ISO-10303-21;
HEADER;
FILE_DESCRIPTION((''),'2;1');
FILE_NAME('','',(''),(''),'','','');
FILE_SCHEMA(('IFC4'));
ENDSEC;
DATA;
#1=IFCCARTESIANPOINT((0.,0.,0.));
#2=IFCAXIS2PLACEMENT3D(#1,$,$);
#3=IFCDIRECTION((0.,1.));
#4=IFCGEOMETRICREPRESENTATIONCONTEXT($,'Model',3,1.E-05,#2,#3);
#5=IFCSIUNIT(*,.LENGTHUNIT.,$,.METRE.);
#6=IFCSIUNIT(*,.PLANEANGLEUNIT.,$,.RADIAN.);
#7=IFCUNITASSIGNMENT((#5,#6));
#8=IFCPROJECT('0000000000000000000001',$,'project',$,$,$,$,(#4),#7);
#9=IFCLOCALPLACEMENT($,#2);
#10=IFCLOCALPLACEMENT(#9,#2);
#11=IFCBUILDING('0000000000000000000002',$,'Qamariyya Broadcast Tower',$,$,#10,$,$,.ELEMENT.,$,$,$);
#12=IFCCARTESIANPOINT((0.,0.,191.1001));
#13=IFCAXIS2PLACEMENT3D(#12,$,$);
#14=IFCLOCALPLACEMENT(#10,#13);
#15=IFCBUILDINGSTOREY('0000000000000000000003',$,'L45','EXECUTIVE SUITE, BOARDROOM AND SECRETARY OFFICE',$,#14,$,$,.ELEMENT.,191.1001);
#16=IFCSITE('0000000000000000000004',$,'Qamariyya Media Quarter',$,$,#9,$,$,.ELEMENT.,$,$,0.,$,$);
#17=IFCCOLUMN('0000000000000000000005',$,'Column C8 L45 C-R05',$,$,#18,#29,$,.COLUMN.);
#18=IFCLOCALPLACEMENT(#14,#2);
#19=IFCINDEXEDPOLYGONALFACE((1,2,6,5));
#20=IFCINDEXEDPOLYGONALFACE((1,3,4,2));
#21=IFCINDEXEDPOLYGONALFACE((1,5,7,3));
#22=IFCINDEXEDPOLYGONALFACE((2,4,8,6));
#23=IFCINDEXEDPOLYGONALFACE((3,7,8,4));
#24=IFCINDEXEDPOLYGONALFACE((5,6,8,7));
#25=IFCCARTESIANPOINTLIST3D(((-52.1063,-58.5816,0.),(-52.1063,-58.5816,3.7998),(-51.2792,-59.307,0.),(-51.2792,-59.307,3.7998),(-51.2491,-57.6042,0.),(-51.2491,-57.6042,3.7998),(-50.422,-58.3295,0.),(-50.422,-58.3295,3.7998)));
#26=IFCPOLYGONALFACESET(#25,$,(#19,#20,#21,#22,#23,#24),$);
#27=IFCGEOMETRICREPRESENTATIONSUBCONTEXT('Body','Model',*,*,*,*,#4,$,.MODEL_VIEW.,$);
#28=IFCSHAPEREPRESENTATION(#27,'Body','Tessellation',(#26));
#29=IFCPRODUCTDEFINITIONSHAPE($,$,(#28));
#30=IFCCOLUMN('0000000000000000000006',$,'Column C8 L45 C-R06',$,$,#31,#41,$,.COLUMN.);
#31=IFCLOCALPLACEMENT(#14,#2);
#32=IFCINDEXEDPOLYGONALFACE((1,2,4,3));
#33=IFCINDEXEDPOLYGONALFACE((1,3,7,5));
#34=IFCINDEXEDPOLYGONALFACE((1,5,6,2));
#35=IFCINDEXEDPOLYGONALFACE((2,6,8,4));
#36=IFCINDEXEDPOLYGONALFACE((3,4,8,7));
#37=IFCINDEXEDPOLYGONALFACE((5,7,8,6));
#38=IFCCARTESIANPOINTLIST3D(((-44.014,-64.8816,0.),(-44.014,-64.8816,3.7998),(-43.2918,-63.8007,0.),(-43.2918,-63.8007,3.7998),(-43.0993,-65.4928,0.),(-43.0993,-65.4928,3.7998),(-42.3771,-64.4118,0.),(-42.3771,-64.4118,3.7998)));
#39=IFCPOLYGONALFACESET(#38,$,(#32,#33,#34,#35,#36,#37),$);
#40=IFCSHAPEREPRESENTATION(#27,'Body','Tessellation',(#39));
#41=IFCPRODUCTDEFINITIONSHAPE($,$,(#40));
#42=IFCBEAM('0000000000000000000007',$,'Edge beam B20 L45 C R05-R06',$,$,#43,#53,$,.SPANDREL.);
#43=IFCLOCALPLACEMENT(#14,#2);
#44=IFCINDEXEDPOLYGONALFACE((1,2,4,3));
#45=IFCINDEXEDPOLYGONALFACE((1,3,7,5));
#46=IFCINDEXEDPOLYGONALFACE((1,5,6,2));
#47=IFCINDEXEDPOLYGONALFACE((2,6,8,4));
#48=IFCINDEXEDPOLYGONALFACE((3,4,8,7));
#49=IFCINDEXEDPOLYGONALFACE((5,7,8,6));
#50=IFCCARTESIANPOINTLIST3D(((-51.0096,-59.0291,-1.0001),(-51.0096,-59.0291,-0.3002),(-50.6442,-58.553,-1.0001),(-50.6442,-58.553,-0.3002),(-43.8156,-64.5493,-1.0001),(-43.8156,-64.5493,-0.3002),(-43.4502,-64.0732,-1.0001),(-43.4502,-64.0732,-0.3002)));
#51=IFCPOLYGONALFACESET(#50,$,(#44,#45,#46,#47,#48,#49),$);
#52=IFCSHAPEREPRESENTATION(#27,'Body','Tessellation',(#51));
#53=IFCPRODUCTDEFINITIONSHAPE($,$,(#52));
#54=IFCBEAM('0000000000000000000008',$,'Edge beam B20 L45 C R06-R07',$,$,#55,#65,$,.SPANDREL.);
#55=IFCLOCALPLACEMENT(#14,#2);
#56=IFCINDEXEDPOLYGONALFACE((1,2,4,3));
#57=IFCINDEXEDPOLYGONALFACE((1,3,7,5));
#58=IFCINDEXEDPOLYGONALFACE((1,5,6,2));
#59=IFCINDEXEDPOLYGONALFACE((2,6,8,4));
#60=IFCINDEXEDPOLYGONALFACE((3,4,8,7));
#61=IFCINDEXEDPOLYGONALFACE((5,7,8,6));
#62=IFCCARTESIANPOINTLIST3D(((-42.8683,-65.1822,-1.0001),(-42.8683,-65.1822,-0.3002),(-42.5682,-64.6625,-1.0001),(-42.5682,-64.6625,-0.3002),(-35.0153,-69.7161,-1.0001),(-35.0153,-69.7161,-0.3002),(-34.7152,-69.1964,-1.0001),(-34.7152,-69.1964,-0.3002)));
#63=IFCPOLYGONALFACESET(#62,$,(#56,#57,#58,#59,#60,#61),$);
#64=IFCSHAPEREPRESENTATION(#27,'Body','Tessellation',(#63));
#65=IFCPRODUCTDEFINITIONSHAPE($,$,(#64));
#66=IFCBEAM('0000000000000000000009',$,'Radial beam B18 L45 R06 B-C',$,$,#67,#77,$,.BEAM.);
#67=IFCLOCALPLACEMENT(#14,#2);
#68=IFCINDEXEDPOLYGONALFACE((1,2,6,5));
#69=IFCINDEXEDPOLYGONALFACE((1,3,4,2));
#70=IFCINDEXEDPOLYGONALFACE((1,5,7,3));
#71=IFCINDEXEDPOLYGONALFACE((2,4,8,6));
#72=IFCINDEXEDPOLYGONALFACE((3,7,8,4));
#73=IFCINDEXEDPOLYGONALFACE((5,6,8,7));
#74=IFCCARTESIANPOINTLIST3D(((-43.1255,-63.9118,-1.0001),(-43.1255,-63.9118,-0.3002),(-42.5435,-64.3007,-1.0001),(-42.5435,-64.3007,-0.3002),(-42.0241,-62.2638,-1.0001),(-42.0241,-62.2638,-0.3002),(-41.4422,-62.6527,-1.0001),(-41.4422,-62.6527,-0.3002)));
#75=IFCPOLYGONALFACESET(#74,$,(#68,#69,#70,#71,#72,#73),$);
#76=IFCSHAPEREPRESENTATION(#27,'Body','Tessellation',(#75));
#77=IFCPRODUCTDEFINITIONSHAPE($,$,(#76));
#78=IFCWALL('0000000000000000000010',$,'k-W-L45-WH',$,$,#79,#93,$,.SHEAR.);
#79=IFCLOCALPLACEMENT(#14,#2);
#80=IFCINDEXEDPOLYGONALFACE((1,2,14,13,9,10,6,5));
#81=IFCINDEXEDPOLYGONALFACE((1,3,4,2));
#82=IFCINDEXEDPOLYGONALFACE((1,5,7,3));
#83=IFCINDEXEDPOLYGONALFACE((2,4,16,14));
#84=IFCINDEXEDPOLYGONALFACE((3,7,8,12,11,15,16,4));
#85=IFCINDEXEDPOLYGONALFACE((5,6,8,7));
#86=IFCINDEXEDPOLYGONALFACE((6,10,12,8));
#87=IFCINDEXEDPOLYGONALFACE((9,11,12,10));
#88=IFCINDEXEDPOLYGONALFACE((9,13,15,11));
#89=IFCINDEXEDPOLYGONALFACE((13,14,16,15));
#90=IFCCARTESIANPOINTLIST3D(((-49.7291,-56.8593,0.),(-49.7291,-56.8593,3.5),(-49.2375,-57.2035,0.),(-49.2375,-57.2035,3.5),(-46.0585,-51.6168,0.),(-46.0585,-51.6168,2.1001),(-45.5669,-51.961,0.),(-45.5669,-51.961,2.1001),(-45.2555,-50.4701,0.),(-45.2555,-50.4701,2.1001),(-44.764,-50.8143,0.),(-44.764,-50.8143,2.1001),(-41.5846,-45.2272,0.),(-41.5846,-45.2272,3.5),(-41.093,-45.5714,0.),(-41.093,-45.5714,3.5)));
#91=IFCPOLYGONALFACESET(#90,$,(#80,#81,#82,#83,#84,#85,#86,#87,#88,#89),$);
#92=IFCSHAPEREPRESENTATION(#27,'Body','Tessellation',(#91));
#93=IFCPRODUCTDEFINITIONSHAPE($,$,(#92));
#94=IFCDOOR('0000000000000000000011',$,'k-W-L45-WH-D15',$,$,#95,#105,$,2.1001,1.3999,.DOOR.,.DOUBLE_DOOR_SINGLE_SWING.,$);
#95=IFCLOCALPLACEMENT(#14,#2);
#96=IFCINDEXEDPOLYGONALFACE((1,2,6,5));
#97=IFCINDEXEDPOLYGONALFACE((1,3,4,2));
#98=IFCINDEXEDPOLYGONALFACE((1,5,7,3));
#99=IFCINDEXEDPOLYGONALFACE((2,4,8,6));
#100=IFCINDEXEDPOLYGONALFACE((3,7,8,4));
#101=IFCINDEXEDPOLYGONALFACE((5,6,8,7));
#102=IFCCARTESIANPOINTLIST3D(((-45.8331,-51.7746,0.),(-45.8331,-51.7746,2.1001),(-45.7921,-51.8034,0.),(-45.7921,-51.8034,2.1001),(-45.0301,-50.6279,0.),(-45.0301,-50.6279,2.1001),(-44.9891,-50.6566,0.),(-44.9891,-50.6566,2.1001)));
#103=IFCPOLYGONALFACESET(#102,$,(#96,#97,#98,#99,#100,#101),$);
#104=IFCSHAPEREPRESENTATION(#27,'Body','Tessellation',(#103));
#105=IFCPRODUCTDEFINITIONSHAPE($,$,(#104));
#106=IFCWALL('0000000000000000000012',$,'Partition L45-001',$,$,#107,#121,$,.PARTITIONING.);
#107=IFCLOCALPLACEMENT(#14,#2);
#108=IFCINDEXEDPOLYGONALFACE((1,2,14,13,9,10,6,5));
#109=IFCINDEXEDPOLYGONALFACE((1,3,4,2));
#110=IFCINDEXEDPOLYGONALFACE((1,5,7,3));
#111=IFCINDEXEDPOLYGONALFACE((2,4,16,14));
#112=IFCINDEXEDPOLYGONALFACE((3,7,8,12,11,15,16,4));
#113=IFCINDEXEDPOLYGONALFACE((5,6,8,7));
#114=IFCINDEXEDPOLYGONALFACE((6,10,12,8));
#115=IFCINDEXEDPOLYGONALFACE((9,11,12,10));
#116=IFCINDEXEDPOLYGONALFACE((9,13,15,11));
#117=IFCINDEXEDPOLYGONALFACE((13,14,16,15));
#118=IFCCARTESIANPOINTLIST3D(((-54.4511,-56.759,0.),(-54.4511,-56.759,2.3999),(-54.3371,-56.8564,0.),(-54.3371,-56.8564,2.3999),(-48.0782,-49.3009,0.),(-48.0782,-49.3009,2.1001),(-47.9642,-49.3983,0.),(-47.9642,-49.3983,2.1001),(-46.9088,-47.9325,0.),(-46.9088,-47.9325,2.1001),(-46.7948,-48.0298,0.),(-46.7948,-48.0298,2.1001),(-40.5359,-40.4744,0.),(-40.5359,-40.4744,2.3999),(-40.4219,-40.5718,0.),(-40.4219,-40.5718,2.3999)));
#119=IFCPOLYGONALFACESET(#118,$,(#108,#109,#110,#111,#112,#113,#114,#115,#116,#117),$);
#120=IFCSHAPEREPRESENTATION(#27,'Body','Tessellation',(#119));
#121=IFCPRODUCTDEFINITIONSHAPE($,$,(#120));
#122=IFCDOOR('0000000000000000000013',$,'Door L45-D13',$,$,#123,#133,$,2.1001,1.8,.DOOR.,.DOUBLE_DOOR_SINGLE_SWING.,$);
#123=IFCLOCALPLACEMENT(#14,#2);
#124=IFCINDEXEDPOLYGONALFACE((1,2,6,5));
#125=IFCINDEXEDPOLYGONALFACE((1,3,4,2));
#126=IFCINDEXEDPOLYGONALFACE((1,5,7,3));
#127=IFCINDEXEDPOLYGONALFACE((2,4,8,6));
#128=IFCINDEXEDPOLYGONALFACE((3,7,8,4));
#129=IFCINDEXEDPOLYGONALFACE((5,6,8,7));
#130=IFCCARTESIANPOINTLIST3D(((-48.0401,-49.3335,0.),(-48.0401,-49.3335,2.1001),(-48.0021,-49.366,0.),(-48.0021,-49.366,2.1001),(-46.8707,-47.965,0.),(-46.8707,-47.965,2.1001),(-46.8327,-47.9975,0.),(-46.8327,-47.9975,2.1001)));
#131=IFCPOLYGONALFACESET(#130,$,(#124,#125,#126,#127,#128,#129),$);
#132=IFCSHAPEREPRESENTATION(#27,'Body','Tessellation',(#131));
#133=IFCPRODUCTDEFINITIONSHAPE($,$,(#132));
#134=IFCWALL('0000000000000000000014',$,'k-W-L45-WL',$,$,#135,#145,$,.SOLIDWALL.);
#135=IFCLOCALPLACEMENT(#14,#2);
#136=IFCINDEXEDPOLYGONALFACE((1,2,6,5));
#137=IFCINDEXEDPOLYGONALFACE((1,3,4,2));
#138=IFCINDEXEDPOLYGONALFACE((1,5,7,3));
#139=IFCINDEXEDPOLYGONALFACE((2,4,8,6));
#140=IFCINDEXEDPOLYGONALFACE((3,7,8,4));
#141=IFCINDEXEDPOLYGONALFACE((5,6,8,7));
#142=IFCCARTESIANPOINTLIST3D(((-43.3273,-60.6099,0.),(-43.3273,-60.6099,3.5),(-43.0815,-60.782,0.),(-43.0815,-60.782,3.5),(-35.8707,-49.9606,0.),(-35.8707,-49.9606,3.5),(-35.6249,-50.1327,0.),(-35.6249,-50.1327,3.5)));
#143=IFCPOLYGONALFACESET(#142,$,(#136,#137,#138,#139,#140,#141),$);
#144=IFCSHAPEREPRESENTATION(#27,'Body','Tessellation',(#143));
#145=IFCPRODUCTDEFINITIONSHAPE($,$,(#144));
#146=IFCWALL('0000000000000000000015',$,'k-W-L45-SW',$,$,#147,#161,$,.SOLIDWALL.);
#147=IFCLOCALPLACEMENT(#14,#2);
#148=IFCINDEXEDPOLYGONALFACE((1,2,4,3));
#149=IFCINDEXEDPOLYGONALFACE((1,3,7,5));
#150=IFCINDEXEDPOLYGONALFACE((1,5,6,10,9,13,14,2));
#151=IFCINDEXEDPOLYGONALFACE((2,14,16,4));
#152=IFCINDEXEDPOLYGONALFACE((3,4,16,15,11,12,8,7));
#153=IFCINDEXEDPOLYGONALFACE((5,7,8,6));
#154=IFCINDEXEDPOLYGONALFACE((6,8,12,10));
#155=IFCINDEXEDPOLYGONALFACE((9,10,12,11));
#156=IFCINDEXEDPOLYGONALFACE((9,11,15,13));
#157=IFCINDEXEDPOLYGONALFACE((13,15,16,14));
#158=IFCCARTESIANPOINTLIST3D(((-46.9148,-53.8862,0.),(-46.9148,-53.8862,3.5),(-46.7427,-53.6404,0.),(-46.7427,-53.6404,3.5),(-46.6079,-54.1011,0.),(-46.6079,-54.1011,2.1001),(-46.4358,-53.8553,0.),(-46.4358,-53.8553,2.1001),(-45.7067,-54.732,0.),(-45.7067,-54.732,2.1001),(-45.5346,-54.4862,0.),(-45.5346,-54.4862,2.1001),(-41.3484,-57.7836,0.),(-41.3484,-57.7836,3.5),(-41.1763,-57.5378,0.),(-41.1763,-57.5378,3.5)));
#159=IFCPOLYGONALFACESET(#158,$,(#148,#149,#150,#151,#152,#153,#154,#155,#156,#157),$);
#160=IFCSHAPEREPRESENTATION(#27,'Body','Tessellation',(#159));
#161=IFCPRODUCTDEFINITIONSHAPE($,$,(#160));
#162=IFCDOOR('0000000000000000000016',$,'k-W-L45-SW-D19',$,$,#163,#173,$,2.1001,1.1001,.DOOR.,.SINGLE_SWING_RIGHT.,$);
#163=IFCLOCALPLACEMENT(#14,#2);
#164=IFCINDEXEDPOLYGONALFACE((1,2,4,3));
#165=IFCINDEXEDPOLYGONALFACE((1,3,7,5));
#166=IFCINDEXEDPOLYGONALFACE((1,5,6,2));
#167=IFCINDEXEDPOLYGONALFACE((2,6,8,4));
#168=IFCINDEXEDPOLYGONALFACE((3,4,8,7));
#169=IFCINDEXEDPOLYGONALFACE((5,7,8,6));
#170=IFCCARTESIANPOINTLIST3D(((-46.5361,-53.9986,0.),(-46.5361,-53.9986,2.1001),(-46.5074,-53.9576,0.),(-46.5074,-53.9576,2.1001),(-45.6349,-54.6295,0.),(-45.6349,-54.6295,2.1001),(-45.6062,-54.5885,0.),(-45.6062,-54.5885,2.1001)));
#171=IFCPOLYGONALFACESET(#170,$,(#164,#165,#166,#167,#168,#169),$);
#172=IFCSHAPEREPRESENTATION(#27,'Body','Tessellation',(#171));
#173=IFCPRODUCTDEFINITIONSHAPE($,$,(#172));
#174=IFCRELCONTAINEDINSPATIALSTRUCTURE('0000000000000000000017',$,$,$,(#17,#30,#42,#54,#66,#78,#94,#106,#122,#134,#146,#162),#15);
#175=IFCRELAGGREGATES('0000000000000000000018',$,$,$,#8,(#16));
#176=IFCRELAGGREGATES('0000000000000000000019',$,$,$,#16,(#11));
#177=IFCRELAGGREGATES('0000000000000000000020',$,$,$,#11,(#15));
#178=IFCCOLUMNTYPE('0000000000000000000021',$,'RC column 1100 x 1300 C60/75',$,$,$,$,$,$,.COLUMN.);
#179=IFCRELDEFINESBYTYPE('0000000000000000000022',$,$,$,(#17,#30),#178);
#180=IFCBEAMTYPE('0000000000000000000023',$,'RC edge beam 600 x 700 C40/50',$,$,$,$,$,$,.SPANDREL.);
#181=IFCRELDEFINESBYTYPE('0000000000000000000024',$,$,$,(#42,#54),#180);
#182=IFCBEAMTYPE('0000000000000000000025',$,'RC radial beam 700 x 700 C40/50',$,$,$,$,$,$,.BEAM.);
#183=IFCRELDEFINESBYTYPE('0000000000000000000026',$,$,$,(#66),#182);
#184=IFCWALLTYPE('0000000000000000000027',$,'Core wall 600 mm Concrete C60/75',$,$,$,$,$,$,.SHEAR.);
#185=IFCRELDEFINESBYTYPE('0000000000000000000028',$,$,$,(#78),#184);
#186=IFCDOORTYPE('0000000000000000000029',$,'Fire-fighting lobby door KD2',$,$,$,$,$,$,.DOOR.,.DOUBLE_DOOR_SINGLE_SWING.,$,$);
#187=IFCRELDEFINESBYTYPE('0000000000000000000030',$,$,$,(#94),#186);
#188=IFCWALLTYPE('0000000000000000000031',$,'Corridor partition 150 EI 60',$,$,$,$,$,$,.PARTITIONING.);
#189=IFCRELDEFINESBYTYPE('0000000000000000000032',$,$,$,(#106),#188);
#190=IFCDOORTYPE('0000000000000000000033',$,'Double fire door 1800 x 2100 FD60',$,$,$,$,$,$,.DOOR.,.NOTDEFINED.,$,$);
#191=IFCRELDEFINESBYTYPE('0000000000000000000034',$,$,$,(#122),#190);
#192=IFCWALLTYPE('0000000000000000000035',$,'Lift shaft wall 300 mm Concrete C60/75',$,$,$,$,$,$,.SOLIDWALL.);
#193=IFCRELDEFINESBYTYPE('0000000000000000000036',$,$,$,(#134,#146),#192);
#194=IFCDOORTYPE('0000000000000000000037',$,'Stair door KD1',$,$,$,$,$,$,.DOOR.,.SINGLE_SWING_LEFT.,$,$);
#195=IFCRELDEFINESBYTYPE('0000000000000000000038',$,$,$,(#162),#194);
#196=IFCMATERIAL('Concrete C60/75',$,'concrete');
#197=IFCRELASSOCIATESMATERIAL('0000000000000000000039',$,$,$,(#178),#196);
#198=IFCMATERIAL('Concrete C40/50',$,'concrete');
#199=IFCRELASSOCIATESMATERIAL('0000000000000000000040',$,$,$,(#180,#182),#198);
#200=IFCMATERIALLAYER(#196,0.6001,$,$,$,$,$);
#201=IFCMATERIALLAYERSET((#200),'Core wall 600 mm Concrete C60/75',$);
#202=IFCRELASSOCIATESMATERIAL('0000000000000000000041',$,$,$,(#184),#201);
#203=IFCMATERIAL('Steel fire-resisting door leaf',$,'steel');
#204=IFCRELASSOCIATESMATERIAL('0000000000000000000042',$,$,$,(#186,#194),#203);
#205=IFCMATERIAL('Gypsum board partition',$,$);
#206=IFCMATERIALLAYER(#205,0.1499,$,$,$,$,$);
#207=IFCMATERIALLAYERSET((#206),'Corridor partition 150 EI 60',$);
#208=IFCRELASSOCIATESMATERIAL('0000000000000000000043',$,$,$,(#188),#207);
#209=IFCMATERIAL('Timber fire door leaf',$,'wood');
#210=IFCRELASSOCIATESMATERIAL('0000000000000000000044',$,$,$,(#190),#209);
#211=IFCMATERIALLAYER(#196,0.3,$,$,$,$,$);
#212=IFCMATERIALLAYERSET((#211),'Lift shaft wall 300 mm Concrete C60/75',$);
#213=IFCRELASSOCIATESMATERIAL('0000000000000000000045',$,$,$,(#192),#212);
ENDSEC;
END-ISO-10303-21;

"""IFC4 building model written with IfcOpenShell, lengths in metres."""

from ifc_helpers import new_model, si_unit, direction, frame, frame_2d, origin, origin_2d, place, context, subcontext, project, spatial, rectangle, extrude, material, layer, layer_set, material_profile, profile_set, type_object, element, fill, save


model = new_model("IFC4")

# Units and contexts
model_context = context("Model", 3, precision=1e-05, world=origin(), true_north=direction((0.0, 1.0)))
body_context = subcontext(model_context, "Body", "Model", "MODEL_VIEW")
ifc_project = project(units=[si_unit("LENGTHUNIT", "METRE"), si_unit("PLANEANGLEUNIT", "RADIAN")], contexts=[model_context])

# Site, building, storey
site_placement = place(None, origin())
site = spatial("IfcSite", under=ifc_project, at=site_placement, Name="Qamariyya Media Quarter", CompositionType="ELEMENT", RefElevation=0.0)
building_placement = place(site_placement, origin())
building = spatial("IfcBuilding", under=site, at=building_placement, Name="Qamariyya Broadcast Tower", CompositionType="ELEMENT")
storey_placement = place(building_placement, frame((0.0, 0.0, 191.1001)))
storey = spatial("IfcBuildingStorey", under=building, at=storey_placement, Name="L45", Description="EXECUTIVE SUITE, BOARDROOM AND SECRETARY OFFICE", CompositionType="ELEMENT", Elevation=191.1001)

# Columns
ifc_material_1 = material(Name="Concrete C60/75", Category="concrete")
ifc_material_profile_1 = material_profile(ifc_material_1, rectangle(XDim=1.1001, YDim=1.3, at=origin_2d()))
ifc_profile_set_1 = profile_set([ifc_material_profile_1], Name="Concrete C60/75")
column_type = type_object("IfcColumnType", Name="RC column 1100 x 1300 C60/75", PredefinedType="COLUMN", material=ifc_profile_set_1)
for number, where, z_axis, x_axis, name in (
    (1, (-51.2642, -58.4556, 0.0), (0.0, 0.0, 1.0), (0.75184, -0.659346, 0.0), "Column C8 L45 C-R05"),
    (2, (-43.1956, -64.6467, 0.0), (0.0, 0.0, 1.0), (0.83147, -0.55557, 0.0), "Column C8 L45 C-R06"),
):
    element("IfcColumn", number, at=place(storey_placement, frame(where, z_axis=z_axis, x_axis=x_axis)), inside=storey, type_object=column_type, Name=name, PredefinedType="COLUMN", context=body_context, shape_type="SweptSolid", body=[
        extrude(rectangle(XDim=1.1001, YDim=1.3, at=origin_2d()), origin(), (0.0, 0.0, 1.0), 3.7998),
    ])

# Beams
ifc_material_2 = material(Name="Concrete C40/50", Category="concrete")
ifc_material_profile_2 = material_profile(ifc_material_2, rectangle(XDim=0.6001, YDim=0.7, at=origin_2d()))
ifc_profile_set_2 = profile_set([ifc_material_profile_2], Name="Concrete C40/50")
beam_type_1 = type_object("IfcBeamType", Name="RC edge beam 600 x 700 C40/50", PredefinedType="SPANDREL", material=ifc_profile_set_2)
for number, where, z_axis, x_axis, name in (
    (3, (-50.8269, -58.791, -0.6501), (0.793351, -0.608764, 0.0), (0.608764, 0.793351, 0.0), "Edge beam B20 L45 C R05-R06"),
    (4, (-42.7183, -64.9224, -0.6501), (0.866026, -0.499999, 0.0), (0.499999, 0.866026, 0.0), "Edge beam B20 L45 C R06-R07"),
):
    element("IfcBeam", number, at=place(storey_placement, frame(where, z_axis=z_axis, x_axis=x_axis)), inside=storey, type_object=beam_type_1, Name=name, PredefinedType="SPANDREL", context=body_context, shape_type="SweptSolid", body=[
        extrude(rectangle(XDim=0.6001, YDim=0.7, at=origin_2d()), origin(), (0.0, 0.0, 1.0), 9.0679),
    ])
ifc_material_profile_3 = material_profile(ifc_material_2, rectangle(XDim=0.7, YDim=0.7, at=origin_2d()))
ifc_profile_set_3 = profile_set([ifc_material_profile_3], Name="Concrete C40/50")
beam_type_2 = type_object("IfcBeamType", Name="RC radial beam 700 x 700 C40/50", PredefinedType="BEAM", material=ifc_profile_set_3)
beam_placement = place(storey_placement, frame((-41.7332, -62.4583, -0.6501), z_axis=(-0.555638, -0.831424, 0.0), x_axis=(0.831424, -0.555638, 0.0)))
element("IfcBeam", 5, at=beam_placement, inside=storey, type_object=beam_type_2, Name="Radial beam B18 L45 R06 B-C", PredefinedType="BEAM", context=body_context, shape_type="SweptSolid", body=[
    extrude(rectangle(XDim=0.7, YDim=0.7, at=origin_2d()), origin(), (0.0, 0.0, 1.0), 1.9822),
])

# Walls, openings, doors
ifc_layer_1 = layer(ifc_material_1, 0.6001)
ifc_layer_set_1 = layer_set([ifc_layer_1], Name="Core wall 600 mm Concrete C60/75")
wall_type_1 = type_object("IfcWallType", Name="Core wall 600 mm Concrete C60/75", PredefinedType="SHEAR", material=ifc_layer_set_1)
wall_1_placement = place(storey_placement, frame((-49.4834, -57.0315, 0.0), z_axis=(0.0, 0.0, 1.0), x_axis=(0.57356, 0.819163, 0.0)))
wall_1 = element("IfcWall", 6, at=wall_1_placement, inside=storey, type_object=wall_type_1, Name="k-W-L45-WH", PredefinedType="SHEAR", context=body_context, shape_type="SweptSolid", body=[
    extrude(rectangle(XDim=14.2, YDim=0.6001, at=frame_2d((7.1001, 0.0))), origin(), (0.0, 0.0, 1.0), 3.5),
])
opening_1_placement = place(wall_1_placement, frame((6.3999, 0.0, 0.0)))
opening_1 = element("IfcOpeningElement", 7, at=opening_1_placement, cuts=wall_1, PredefinedType="OPENING", context=body_context, shape_type="SweptSolid", body=[
    extrude(rectangle(XDim=1.3999, YDim=2.1001, at=frame_2d((0.7, 1.05))), frame((0.0, 0.3101, 0.0), z_axis=(0.0, -1.0, 0.0), x_axis=(1.0, 0.0, 0.0)), (0.0, 0.0, 1.0), 0.6201),
])
ifc_material_3 = material(Name="Steel fire-resisting door leaf", Category="steel")
door_type_1 = type_object("IfcDoorType", Name="Fire-fighting lobby door KD2", OperationType="DOUBLE_DOOR_SINGLE_SWING", PredefinedType="DOOR", material=ifc_material_3)
door_1_placement = place(opening_1_placement, origin())
door_1 = element("IfcDoor", 8, at=door_1_placement, inside=storey, type_object=door_type_1, Name="k-W-L45-WH-D15", OperationType="DOUBLE_DOOR_SINGLE_SWING", OverallHeight=2.1001, OverallWidth=1.3999, PredefinedType="DOOR", context=body_context, shape_type="SweptSolid", body=[
    extrude(rectangle(XDim=1.3999, YDim=2.1001, at=frame_2d((0.7, 1.05))), frame((0.0, 0.0249, 0.0), z_axis=(0.0, -1.0, 0.0), x_axis=(1.0, 0.0, 0.0)), (0.0, 0.0, 1.0), 0.05),
])
fill(opening_1, door_1)
ifc_material_4 = material(Name="Gypsum board partition")
ifc_layer_2 = layer(ifc_material_4, 0.1499)
ifc_layer_set_2 = layer_set([ifc_layer_2], Name="Corridor partition 150 EI 60")
wall_type_2 = type_object("IfcWallType", Name="Corridor partition 150 EI 60", PredefinedType="PARTITIONING", material=ifc_layer_set_2)
wall_2_placement = place(storey_placement, frame((-54.394, -56.8076, 0.0), z_axis=(0.0, 0.0, 1.0), x_axis=(0.649633, 0.760248, 0.0)))
wall_2 = element("IfcWall", 9, at=wall_2_placement, inside=storey, type_object=wall_type_2, Name="Partition L45-001", PredefinedType="PARTITIONING", context=body_context, shape_type="SweptSolid", body=[
    extrude(rectangle(XDim=21.4202, YDim=0.1499, at=frame_2d((10.71, 0.0))), origin(), (0.0, 0.0, 1.0), 2.3999),
])
opening_2_placement = place(wall_2_placement, frame((9.8101, 0.0, 0.0)))
opening_2 = element("IfcOpeningElement", 10, at=opening_2_placement, cuts=wall_2, PredefinedType="OPENING", context=body_context, shape_type="SweptSolid", body=[
    extrude(rectangle(XDim=1.8, YDim=2.1001, at=frame_2d((0.8999, 1.05))), frame((0.0, 0.085, 0.0), z_axis=(0.0, -1.0, 0.0), x_axis=(1.0, 0.0, 0.0)), (0.0, 0.0, 1.0), 0.1699),
])
ifc_material_5 = material(Name="Timber fire door leaf", Category="wood")
door_type_2 = type_object("IfcDoorType", Name="Double fire door 1800 x 2100 FD60", OperationType="NOTDEFINED", PredefinedType="DOOR", material=ifc_material_5)
door_2_placement = place(opening_2_placement, origin())
door_2 = element("IfcDoor", 11, at=door_2_placement, inside=storey, type_object=door_type_2, Name="Door L45-D13", OperationType="DOUBLE_DOOR_SINGLE_SWING", OverallHeight=2.1001, OverallWidth=1.8, PredefinedType="DOOR", context=body_context, shape_type="SweptSolid", body=[
    extrude(rectangle(XDim=1.8, YDim=2.1001, at=frame_2d((0.8999, 1.05))), frame((0.0, 0.0249, 0.0), z_axis=(0.0, -1.0, 0.0), x_axis=(1.0, 0.0, 0.0)), (0.0, 0.0, 1.0), 0.05),
])
fill(opening_2, door_2)

# Wall
ifc_layer_3 = layer(ifc_material_1, 0.3)
ifc_layer_set_3 = layer_set([ifc_layer_3], Name="Lift shaft wall 300 mm Concrete C60/75")
wall_type_3 = type_object("IfcWallType", Name="Lift shaft wall 300 mm Concrete C60/75", PredefinedType="SOLIDWALL", material=ifc_layer_set_3)
wall_3_placement = place(storey_placement, frame((-43.2043, -60.6958, 0.0), z_axis=(0.0, 0.0, 1.0), x_axis=(0.573572, 0.819155, 0.0)))
element("IfcWall", 12, at=wall_3_placement, inside=storey, type_object=wall_type_3, Name="k-W-L45-WL", PredefinedType="SOLIDWALL", context=body_context, shape_type="SweptSolid", body=[
    extrude(rectangle(XDim=13.0002, YDim=0.3, at=frame_2d((6.5, 0.0))), origin(), (0.0, 0.0, 1.0), 3.5),
])

# Wall, opening, door
wall_4_placement = place(storey_placement, frame((-41.2625, -57.6606, 0.0), z_axis=(0.0, 0.0, 1.0), x_axis=(-0.819164, 0.573559, 0.0)))
wall_4 = element("IfcWall", 13, at=wall_4_placement, inside=storey, type_object=wall_type_3, Name="k-W-L45-SW", PredefinedType="SOLIDWALL", context=body_context, shape_type="SweptSolid", body=[
    extrude(rectangle(XDim=6.7952, YDim=0.3, at=frame_2d((3.3975, 0.0))), origin(), (0.0, 0.0, 1.0), 3.5),
])
opening_3_placement = place(wall_4_placement, frame((5.3203, 0.0, 0.0)))
opening_3 = element("IfcOpeningElement", 14, at=opening_3_placement, cuts=wall_4, PredefinedType="OPENING", context=body_context, shape_type="SweptSolid", body=[
    extrude(rectangle(XDim=1.1001, YDim=2.1001, at=frame_2d((0.55, 1.05))), frame((0.0, 0.1599, 0.0), z_axis=(0.0, -1.0, 0.0), x_axis=(1.0, 0.0, 0.0)), (0.0, 0.0, 1.0), 0.3201),
])
door_type_3 = type_object("IfcDoorType", Name="Stair door KD1", OperationType="SINGLE_SWING_LEFT", PredefinedType="DOOR", material=ifc_material_3)
door_3_placement = place(opening_3_placement, origin())
door_3 = element("IfcDoor", 15, at=door_3_placement, inside=storey, type_object=door_type_3, Name="k-W-L45-SW-D19", OperationType="SINGLE_SWING_RIGHT", OverallHeight=2.1001, OverallWidth=1.1001, PredefinedType="DOOR", context=body_context, shape_type="SweptSolid", body=[
    extrude(rectangle(XDim=1.1001, YDim=2.1001, at=frame_2d((0.55, 1.05))), frame((0.0, 0.0249, 0.0), z_axis=(0.0, -1.0, 0.0), x_axis=(1.0, 0.0, 0.0)), (0.0, 0.0, 1.0), 0.05),
])
fill(opening_3, door_3)

save(model, "model.ifc")
